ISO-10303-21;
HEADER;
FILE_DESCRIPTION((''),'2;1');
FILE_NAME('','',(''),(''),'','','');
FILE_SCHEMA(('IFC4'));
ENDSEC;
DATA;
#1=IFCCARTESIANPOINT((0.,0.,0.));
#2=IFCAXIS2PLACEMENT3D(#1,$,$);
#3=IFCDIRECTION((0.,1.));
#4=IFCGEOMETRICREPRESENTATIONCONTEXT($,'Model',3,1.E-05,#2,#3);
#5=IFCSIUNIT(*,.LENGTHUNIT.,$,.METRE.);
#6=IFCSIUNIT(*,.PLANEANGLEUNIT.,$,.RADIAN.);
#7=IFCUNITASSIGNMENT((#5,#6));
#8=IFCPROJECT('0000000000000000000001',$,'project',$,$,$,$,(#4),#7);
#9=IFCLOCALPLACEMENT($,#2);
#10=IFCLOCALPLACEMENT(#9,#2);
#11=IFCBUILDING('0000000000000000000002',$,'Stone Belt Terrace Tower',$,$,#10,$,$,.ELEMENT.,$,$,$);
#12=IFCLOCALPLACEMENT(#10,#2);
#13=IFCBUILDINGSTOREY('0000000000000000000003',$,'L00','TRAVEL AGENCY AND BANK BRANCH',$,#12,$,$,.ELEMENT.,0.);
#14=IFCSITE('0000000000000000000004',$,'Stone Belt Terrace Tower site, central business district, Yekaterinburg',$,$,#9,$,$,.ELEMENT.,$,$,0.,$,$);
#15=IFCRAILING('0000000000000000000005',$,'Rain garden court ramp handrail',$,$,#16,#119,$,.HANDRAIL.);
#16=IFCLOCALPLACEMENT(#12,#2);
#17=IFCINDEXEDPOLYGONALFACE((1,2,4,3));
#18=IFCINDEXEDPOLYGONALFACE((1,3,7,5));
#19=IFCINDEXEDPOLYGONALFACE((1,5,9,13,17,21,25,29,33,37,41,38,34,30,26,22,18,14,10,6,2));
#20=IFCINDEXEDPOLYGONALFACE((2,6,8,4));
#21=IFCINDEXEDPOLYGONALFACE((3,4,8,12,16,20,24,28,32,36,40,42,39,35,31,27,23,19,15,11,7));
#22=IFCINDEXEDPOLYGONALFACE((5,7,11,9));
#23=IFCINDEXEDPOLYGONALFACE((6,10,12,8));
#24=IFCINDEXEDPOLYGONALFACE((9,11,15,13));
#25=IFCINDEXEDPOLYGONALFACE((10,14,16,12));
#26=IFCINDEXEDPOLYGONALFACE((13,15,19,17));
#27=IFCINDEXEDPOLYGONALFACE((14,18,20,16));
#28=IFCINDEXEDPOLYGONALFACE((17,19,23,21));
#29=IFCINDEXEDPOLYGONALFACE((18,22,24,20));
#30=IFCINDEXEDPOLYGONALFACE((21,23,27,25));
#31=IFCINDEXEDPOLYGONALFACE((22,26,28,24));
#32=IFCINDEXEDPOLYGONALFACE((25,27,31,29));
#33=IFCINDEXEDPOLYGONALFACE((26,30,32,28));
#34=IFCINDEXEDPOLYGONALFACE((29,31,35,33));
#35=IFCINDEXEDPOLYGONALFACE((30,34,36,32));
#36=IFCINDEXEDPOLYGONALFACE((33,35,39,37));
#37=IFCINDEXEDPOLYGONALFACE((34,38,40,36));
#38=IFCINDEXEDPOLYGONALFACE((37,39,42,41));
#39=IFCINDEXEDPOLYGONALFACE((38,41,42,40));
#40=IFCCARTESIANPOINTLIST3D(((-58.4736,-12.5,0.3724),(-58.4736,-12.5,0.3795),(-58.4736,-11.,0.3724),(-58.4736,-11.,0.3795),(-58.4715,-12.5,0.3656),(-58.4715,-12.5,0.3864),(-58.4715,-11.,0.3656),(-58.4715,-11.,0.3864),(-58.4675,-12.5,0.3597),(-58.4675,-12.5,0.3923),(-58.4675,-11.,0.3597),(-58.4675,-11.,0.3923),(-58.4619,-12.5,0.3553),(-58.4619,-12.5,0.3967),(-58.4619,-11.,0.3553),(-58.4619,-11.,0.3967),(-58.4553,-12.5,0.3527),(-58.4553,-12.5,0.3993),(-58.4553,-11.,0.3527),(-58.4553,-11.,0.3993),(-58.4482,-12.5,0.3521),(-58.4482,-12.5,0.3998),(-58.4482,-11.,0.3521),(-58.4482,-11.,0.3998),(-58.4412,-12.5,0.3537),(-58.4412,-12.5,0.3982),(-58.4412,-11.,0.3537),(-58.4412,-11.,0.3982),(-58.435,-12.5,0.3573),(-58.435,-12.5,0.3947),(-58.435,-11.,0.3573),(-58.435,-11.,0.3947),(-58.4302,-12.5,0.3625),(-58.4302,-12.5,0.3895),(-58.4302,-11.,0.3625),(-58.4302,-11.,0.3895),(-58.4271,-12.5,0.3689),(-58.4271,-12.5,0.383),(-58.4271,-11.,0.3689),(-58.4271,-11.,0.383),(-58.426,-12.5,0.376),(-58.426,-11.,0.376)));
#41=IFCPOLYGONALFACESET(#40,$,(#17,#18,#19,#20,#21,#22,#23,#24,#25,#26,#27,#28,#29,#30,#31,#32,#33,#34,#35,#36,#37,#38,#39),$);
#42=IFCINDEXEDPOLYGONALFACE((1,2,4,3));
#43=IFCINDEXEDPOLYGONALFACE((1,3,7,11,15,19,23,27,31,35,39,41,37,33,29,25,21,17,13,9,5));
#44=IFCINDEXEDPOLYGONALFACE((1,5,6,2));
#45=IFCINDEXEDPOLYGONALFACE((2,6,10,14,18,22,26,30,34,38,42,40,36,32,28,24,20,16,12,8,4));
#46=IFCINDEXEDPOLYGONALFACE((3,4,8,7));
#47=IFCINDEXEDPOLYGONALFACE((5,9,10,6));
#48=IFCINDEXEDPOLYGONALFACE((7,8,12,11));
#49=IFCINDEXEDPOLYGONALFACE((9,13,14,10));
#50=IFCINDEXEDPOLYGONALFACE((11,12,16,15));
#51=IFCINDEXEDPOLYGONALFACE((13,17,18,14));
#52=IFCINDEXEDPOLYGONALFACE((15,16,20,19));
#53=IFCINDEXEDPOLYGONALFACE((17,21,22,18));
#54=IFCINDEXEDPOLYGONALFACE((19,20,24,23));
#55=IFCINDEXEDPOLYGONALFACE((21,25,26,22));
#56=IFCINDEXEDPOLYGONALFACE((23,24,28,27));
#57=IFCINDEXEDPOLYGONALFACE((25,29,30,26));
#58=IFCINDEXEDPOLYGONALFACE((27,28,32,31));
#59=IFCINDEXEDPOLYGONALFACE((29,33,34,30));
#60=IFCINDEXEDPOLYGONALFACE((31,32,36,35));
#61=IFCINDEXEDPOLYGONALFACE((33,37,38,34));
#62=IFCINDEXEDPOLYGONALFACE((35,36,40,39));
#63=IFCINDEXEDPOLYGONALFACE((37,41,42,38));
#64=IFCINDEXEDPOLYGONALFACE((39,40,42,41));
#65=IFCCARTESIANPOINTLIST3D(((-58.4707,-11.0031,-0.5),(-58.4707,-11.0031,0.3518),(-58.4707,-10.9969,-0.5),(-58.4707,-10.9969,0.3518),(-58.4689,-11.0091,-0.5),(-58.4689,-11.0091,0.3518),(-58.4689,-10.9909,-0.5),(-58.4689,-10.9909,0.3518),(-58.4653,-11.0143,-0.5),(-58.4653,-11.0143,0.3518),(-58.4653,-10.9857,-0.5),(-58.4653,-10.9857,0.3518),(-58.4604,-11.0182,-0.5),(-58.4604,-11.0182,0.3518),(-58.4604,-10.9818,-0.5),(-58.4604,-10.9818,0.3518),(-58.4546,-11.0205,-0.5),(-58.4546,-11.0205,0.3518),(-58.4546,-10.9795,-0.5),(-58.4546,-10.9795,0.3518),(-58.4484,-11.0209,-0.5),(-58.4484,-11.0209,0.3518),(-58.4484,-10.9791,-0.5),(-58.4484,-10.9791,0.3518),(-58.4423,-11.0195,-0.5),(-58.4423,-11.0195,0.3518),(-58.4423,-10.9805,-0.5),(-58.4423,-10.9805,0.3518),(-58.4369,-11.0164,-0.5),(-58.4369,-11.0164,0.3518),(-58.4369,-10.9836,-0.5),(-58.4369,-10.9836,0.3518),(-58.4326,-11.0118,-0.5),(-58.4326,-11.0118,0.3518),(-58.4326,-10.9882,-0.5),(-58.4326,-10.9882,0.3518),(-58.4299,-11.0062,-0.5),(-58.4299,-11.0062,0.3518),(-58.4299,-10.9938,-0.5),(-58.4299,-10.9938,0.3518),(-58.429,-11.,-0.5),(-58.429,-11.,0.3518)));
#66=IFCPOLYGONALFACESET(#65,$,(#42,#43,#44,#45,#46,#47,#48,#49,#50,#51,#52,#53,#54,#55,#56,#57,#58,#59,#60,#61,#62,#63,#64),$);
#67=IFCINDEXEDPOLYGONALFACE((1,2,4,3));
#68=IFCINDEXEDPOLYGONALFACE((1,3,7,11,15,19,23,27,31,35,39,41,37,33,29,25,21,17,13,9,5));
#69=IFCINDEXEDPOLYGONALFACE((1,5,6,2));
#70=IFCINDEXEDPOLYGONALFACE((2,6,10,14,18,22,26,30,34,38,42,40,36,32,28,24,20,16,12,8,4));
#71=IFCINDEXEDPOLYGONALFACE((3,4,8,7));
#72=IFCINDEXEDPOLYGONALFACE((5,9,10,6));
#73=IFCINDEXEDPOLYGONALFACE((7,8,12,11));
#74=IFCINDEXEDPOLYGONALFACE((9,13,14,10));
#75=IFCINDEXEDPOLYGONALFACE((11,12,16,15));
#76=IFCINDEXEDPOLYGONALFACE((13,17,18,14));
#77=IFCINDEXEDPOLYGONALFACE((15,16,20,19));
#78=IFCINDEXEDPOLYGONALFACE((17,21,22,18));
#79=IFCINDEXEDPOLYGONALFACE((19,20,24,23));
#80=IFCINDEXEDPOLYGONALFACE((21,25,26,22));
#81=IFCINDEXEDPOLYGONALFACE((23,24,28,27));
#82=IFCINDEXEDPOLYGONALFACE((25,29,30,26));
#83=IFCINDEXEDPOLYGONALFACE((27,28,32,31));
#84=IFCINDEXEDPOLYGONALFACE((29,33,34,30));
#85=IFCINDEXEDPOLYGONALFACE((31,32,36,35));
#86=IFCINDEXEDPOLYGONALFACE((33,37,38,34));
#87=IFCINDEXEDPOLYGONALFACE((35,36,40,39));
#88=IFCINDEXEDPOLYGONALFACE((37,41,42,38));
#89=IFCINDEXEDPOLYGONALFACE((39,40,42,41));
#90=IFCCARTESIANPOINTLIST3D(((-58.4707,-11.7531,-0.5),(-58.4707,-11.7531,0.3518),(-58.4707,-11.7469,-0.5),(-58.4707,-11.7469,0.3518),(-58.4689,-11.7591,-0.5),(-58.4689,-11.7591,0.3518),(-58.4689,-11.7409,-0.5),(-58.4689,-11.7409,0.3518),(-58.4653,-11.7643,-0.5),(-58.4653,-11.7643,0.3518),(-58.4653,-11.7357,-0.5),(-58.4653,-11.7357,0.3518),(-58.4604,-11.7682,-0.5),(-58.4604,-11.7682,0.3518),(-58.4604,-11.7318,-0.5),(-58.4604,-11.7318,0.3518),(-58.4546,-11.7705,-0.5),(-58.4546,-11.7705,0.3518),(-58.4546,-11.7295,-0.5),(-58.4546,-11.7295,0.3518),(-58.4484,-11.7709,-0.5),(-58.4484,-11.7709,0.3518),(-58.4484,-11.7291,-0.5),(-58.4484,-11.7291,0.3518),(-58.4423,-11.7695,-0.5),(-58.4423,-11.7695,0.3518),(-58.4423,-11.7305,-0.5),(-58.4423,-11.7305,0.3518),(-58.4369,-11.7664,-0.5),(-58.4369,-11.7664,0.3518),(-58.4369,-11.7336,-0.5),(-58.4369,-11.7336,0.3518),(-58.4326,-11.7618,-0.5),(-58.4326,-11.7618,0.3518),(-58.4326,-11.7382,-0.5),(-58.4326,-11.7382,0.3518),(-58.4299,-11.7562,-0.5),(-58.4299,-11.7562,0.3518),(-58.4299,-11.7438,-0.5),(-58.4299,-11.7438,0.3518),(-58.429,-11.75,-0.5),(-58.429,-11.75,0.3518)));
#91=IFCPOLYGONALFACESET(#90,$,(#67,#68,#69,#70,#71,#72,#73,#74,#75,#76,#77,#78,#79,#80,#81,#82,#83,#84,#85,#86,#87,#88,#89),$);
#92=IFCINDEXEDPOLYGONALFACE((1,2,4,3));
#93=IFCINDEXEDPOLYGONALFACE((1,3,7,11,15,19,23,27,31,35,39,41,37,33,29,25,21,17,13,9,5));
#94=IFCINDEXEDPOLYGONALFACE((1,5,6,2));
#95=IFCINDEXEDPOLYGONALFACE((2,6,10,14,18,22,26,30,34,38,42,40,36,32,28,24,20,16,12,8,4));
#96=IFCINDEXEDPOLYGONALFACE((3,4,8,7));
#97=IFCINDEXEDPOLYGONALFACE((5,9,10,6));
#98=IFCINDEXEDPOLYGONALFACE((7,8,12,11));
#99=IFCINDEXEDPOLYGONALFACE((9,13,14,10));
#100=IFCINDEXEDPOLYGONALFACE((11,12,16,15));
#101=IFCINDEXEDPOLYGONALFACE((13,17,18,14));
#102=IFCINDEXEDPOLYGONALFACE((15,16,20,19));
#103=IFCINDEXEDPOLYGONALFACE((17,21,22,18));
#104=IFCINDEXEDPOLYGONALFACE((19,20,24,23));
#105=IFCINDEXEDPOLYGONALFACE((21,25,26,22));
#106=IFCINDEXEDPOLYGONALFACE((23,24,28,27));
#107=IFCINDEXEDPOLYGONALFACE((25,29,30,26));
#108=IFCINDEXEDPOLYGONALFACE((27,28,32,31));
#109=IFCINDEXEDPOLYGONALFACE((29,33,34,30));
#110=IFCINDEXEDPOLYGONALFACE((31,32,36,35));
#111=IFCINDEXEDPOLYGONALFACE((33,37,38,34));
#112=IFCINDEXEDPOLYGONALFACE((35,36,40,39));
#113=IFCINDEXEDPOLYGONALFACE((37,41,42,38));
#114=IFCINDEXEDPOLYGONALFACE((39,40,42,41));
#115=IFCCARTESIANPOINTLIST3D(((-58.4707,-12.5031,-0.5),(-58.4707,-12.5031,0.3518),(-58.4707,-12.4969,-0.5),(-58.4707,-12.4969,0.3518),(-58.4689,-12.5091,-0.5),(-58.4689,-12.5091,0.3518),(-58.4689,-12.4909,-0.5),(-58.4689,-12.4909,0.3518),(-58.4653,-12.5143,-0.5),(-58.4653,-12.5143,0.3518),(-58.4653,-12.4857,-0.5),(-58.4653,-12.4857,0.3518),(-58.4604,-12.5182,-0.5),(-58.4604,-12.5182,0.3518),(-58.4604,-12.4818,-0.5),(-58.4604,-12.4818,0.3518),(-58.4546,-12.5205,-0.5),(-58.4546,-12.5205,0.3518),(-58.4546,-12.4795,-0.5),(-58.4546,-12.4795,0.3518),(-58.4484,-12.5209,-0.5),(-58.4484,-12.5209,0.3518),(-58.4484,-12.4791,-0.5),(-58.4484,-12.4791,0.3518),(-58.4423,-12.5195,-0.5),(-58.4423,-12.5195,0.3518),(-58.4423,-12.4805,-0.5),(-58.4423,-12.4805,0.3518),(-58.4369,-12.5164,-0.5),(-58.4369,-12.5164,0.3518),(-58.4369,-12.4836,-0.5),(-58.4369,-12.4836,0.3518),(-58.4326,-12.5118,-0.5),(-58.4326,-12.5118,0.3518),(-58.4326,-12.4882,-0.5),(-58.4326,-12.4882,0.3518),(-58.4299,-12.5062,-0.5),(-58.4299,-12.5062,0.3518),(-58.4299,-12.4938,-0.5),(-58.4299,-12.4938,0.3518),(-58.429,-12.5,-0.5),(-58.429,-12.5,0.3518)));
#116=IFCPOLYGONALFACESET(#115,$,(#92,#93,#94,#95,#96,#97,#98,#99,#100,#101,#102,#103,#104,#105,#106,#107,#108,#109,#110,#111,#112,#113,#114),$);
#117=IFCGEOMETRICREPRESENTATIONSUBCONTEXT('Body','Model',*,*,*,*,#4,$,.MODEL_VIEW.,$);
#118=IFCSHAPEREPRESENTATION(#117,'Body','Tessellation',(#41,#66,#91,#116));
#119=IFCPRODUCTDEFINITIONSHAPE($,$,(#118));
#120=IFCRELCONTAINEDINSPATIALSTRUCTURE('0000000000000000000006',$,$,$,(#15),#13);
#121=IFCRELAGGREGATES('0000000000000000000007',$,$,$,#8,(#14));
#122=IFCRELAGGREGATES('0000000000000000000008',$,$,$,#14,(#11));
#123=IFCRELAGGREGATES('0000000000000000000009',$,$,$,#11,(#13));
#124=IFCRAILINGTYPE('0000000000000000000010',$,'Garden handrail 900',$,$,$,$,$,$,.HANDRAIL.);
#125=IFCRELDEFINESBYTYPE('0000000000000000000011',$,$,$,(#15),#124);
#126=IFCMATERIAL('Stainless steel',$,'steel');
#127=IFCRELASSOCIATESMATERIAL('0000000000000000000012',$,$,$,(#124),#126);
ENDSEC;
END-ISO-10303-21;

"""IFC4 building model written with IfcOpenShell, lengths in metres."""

from ifc_helpers import new_model, si_unit, direction, frame, origin, origin_2d, place, context, subcontext, project, spatial, circle, extrude, material, type_object, element, save


model = new_model("IFC4")

# Units and contexts
model_context = context("Model", 3, precision=1e-05, world=origin(), true_north=direction((0.0, 1.0)))
body_context = subcontext(model_context, "Body", "Model", "MODEL_VIEW")
ifc_project = project(units=[si_unit("LENGTHUNIT", "METRE"), si_unit("PLANEANGLEUNIT", "RADIAN")], contexts=[model_context])

# Site, building, storey
site_placement = place(None, origin())
site = spatial("IfcSite", under=ifc_project, at=site_placement, Name="Stone Belt Terrace Tower site, central business district, Yekaterinburg", CompositionType="ELEMENT", RefElevation=0.0)
building_placement = place(site_placement, origin())
building = spatial("IfcBuilding", under=site, at=building_placement, Name="Stone Belt Terrace Tower", CompositionType="ELEMENT")
storey_placement = place(building_placement, origin())
storey = spatial("IfcBuildingStorey", under=building, at=storey_placement, Name="L00", Description="TRAVEL AGENCY AND BANK BRANCH", CompositionType="ELEMENT", Elevation=0.0)

# Railing
ifc_material_1 = material(Name="Stainless steel", Category="steel")
railing_type_1 = type_object("IfcRailingType", Name="Garden handrail 900", PredefinedType="HANDRAIL", material=ifc_material_1)
railing_1_placement = place(storey_placement, frame((-58.45, -11.0, -0.5)))
element("IfcRailing", 1, at=railing_1_placement, inside=storey, type_object=railing_type_1, Name="Rain garden court ramp handrail", PredefinedType="HANDRAIL", context=body_context, shape_type="SweptSolid", body=[
    extrude(circle(Radius=0.0239, at=origin_2d()), frame((0.0, 0.0, 0.876), z_axis=(0.0, -1.0, 0.0), x_axis=(1.0, 0.0, 0.0)), (0.0, 0.0, 1.0), 1.5),
    extrude(circle(Radius=0.021, at=origin_2d()), origin(), (0.0, 0.0, 1.0), 0.8518),
    extrude(circle(Radius=0.021, at=origin_2d()), frame((0.0, -0.75, 0.0)), (0.0, 0.0, 1.0), 0.8518),
    extrude(circle(Radius=0.021, at=origin_2d()), frame((0.0, -1.5, 0.0)), (0.0, 0.0, 1.0), 0.8518),
])

save(model, "model.ifc")
